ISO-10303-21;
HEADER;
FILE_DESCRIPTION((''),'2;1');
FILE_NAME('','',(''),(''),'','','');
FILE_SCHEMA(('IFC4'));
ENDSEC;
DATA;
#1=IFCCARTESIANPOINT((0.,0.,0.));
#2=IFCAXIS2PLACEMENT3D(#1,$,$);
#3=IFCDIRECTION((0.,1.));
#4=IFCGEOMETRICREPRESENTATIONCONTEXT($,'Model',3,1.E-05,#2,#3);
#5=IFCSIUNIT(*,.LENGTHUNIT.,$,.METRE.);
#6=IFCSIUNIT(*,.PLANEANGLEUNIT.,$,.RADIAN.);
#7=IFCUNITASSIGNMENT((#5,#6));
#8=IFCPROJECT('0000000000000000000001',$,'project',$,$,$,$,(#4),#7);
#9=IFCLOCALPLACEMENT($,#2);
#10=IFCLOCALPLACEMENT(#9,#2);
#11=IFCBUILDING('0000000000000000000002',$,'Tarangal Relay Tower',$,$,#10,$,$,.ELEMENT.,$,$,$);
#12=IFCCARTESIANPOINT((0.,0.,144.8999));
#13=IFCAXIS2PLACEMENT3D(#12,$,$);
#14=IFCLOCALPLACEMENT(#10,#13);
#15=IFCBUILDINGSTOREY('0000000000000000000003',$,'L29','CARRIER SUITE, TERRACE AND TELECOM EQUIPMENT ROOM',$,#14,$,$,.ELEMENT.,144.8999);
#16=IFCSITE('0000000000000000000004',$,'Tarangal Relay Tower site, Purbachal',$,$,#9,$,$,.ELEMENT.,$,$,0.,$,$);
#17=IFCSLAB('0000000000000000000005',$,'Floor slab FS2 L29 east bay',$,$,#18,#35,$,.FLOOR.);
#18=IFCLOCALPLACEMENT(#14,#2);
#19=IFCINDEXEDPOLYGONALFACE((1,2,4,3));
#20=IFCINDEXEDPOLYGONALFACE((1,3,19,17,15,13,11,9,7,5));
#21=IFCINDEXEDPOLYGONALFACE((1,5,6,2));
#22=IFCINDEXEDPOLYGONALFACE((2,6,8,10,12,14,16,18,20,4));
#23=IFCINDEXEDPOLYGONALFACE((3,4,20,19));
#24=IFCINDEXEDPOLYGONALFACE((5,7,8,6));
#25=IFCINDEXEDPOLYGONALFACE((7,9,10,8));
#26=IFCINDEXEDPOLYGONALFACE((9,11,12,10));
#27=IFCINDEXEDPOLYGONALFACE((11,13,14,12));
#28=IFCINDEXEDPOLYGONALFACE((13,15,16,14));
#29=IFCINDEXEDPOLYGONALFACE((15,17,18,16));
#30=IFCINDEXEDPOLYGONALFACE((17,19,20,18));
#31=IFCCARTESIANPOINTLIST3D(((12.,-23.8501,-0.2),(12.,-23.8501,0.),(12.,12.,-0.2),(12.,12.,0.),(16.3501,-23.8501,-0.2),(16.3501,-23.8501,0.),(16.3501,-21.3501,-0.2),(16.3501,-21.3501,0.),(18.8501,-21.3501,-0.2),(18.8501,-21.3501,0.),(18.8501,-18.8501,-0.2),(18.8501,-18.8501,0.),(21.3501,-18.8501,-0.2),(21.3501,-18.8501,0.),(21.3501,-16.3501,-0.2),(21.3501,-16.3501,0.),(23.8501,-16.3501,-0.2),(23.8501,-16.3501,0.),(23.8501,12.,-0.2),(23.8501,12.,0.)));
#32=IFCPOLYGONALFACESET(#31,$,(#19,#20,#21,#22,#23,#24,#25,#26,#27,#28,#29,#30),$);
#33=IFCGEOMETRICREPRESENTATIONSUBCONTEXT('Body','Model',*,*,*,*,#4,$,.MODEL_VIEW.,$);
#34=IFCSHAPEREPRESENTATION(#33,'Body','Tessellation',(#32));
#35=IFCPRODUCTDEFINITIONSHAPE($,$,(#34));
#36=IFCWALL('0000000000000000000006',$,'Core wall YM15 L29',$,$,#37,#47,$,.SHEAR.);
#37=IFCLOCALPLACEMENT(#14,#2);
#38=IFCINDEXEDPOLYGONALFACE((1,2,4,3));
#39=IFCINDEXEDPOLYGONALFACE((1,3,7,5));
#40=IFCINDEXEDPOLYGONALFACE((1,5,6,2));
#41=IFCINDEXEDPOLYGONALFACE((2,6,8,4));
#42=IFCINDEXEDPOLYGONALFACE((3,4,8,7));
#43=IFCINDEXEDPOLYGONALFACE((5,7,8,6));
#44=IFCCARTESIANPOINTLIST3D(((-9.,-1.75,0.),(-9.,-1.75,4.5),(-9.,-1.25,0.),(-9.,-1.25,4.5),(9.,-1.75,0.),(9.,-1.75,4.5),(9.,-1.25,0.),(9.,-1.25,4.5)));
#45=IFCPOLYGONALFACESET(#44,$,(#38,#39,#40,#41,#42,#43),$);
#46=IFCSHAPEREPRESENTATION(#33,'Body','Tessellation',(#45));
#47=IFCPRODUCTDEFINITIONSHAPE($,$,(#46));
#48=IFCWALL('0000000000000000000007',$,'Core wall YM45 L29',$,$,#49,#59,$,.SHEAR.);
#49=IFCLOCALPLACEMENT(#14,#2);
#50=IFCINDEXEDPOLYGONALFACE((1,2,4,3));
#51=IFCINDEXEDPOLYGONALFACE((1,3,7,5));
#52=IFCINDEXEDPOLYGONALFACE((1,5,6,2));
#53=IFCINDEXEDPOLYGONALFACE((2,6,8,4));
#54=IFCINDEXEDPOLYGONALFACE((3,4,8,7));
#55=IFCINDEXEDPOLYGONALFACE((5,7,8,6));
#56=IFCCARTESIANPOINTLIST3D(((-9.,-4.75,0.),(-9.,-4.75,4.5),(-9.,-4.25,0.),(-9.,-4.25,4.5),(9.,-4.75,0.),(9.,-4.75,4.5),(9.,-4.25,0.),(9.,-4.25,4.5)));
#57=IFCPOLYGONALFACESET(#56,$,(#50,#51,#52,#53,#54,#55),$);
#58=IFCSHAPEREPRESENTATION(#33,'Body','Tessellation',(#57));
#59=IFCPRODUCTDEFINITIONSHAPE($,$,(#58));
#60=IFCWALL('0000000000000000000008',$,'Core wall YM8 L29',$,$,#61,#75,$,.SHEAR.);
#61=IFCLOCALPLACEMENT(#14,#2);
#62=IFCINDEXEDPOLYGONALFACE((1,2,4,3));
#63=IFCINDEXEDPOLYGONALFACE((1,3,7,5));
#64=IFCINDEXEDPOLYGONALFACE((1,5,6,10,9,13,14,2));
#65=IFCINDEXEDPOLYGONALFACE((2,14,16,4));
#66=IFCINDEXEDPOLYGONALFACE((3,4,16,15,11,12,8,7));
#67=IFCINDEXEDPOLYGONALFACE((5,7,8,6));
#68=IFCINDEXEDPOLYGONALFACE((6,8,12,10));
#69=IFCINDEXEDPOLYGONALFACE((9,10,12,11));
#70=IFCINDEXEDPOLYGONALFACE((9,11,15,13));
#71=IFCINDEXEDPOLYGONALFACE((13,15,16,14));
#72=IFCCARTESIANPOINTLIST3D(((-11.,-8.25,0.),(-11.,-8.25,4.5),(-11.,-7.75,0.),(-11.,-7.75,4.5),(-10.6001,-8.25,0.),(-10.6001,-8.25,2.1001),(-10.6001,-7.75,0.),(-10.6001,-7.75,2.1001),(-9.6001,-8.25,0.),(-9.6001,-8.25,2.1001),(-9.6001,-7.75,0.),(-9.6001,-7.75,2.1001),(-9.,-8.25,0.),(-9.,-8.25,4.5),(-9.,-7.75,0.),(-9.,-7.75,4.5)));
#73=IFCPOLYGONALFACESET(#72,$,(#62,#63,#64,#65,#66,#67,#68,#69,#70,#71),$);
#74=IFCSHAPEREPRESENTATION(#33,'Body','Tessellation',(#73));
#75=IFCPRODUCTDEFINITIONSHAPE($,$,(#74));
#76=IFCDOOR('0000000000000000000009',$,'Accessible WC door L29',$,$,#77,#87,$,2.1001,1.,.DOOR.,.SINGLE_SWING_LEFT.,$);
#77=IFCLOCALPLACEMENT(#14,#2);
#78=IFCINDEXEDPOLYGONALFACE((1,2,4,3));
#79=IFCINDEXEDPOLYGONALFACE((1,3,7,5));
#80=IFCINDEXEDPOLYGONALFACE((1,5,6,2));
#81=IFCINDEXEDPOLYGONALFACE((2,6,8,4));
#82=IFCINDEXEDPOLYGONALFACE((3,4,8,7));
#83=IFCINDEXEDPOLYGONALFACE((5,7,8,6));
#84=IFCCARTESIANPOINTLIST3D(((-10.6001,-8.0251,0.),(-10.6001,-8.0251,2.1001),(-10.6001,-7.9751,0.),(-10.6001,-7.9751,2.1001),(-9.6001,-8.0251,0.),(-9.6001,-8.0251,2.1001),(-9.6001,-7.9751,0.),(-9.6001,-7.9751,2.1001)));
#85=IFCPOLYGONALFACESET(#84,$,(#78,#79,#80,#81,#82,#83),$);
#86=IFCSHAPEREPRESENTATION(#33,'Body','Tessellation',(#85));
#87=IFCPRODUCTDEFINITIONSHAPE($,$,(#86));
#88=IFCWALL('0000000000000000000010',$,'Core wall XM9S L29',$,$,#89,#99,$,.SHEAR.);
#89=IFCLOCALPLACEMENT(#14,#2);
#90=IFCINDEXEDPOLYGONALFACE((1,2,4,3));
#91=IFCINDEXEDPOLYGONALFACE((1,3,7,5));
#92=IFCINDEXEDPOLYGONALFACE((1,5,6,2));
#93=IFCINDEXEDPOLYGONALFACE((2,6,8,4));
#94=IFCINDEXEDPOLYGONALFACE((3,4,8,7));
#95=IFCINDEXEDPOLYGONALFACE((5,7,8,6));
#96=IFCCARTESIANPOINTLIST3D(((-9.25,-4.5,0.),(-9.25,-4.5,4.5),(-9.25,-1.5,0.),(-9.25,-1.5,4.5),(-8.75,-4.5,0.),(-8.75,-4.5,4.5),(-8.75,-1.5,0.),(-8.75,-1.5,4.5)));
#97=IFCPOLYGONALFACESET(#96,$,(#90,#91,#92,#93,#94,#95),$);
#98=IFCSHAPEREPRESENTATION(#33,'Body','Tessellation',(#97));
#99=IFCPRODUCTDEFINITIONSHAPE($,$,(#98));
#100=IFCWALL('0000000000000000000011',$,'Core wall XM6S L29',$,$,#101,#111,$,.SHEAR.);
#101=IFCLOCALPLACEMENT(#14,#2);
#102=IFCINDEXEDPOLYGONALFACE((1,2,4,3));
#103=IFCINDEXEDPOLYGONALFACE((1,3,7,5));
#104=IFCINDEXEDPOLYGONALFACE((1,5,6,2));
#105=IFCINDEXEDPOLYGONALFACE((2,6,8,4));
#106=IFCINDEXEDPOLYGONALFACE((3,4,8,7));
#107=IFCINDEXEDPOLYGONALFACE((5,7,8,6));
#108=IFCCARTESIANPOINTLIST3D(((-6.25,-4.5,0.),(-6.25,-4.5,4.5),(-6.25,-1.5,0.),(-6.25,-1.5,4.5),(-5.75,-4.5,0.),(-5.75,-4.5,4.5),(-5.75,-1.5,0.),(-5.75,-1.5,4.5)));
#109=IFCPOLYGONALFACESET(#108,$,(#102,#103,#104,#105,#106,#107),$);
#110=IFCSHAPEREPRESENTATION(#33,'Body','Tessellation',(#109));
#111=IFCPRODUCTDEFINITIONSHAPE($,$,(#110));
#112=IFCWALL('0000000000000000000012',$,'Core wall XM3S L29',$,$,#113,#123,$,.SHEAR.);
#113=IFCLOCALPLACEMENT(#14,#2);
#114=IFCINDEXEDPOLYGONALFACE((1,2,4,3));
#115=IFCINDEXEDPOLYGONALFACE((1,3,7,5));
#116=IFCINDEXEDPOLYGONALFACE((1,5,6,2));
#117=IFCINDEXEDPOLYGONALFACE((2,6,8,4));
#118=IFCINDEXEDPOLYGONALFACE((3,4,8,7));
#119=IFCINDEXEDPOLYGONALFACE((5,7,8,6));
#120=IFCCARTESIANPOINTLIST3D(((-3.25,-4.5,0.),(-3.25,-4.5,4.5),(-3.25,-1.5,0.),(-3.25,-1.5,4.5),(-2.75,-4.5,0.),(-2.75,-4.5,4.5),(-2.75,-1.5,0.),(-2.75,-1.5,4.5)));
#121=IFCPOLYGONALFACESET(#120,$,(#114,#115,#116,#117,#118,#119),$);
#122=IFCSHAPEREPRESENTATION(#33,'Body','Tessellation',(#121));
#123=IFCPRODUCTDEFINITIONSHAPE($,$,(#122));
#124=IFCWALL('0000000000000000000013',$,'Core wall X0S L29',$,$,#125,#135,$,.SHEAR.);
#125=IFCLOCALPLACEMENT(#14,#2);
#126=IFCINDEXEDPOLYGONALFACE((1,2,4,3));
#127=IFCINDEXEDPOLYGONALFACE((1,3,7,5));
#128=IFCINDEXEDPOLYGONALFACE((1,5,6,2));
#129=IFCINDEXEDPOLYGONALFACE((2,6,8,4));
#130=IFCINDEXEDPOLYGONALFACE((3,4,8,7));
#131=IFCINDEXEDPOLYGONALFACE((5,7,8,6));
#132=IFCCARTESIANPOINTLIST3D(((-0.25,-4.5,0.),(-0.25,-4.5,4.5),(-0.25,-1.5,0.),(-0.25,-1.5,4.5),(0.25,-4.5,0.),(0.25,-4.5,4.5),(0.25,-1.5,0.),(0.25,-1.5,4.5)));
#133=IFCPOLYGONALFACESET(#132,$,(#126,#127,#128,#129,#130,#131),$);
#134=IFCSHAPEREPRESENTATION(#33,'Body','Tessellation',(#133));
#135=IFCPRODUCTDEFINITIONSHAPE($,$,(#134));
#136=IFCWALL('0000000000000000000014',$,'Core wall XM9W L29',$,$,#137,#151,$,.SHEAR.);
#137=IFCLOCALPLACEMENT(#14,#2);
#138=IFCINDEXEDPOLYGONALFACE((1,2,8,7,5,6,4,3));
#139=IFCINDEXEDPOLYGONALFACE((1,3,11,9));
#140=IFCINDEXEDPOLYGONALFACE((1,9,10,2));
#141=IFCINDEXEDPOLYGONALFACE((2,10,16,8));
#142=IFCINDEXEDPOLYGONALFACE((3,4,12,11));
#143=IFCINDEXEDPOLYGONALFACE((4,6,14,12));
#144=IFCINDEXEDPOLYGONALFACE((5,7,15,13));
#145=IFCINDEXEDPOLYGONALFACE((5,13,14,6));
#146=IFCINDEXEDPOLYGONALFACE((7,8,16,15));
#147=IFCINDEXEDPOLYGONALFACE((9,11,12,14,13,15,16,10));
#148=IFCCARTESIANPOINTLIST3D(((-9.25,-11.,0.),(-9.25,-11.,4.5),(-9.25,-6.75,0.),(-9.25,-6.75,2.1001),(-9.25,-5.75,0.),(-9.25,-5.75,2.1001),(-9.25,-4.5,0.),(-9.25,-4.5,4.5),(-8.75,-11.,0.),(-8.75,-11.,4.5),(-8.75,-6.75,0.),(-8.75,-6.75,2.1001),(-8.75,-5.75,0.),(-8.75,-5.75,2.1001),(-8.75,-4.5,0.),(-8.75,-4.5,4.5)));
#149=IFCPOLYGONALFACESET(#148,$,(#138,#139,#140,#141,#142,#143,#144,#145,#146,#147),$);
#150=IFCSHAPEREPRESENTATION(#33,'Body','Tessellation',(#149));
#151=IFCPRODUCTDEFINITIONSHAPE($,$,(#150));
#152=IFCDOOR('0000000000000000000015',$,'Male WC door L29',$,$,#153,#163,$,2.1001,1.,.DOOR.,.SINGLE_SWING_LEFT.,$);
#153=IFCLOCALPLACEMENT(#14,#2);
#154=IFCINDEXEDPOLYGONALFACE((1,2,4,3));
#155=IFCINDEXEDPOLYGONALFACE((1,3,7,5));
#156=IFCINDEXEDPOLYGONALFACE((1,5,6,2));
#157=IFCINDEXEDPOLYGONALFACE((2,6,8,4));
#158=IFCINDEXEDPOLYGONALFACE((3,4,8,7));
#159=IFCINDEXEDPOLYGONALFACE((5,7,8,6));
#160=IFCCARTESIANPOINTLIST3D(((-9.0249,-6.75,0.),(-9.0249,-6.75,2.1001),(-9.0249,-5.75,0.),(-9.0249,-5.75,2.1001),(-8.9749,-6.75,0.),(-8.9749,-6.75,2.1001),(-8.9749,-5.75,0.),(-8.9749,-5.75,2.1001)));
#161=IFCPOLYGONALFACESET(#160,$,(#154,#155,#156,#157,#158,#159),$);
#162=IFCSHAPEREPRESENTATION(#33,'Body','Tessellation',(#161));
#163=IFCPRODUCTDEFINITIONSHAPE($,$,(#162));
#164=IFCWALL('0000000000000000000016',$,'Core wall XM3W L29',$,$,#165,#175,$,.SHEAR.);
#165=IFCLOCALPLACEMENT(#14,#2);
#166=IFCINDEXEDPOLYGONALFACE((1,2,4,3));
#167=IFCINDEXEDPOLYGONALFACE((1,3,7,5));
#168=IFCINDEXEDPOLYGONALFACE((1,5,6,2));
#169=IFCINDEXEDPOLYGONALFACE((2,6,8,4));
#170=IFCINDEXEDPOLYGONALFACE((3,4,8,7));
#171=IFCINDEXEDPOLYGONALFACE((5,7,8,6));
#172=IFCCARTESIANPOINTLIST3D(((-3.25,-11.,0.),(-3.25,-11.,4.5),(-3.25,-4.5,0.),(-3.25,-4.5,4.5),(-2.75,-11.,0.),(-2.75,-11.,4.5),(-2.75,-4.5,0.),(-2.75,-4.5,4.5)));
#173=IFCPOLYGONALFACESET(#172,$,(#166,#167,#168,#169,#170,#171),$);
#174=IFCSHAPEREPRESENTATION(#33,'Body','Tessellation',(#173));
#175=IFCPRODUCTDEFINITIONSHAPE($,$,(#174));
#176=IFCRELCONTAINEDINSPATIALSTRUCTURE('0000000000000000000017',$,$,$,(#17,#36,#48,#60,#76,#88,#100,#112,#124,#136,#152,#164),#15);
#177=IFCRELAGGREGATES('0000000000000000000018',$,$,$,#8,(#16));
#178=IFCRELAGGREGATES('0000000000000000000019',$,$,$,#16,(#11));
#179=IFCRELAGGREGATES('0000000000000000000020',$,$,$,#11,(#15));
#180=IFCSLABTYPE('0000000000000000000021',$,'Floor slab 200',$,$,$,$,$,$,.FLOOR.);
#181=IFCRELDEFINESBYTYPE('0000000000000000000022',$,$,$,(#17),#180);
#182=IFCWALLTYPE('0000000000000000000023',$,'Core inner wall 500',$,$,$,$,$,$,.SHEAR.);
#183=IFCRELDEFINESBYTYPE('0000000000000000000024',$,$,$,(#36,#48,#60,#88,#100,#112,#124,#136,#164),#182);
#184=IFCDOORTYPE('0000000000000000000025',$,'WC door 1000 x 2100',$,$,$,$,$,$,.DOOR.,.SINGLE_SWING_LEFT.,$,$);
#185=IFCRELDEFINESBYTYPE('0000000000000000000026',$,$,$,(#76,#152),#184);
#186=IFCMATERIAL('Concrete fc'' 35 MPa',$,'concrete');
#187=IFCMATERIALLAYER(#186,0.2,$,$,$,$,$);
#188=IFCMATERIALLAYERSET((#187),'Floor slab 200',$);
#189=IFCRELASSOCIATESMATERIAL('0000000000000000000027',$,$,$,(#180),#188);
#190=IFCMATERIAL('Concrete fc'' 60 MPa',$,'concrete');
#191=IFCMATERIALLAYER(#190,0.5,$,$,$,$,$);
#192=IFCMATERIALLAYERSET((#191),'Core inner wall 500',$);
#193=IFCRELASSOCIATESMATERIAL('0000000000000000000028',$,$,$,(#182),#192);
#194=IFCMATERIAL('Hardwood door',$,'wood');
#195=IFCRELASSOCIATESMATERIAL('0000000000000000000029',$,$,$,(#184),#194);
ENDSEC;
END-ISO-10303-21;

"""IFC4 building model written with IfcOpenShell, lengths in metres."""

from ifc_helpers import new_model, si_unit, direction, frame, frame_2d, origin, place, context, subcontext, project, spatial, polyline, rectangle, outline, extrude, material, layer, layer_set, type_object, element, fill, save


model = new_model("IFC4")

# Units and contexts
model_context = context("Model", 3, precision=1e-05, world=origin(), true_north=direction((0.0, 1.0)))
body_context = subcontext(model_context, "Body", "Model", "MODEL_VIEW")
ifc_project = project(units=[si_unit("LENGTHUNIT", "METRE"), si_unit("PLANEANGLEUNIT", "RADIAN")], contexts=[model_context])

# Site, building, storey
site_placement = place(None, origin())
site = spatial("IfcSite", under=ifc_project, at=site_placement, Name="Tarangal Relay Tower site, Purbachal", CompositionType="ELEMENT", RefElevation=0.0)
building_placement = place(site_placement, origin())
building = spatial("IfcBuilding", under=site, at=building_placement, Name="Tarangal Relay Tower", CompositionType="ELEMENT")
storey_placement = place(building_placement, frame((0.0, 0.0, 144.8999)))
storey = spatial("IfcBuildingStorey", under=building, at=storey_placement, Name="L29", Description="CARRIER SUITE, TERRACE AND TELECOM EQUIPMENT ROOM", CompositionType="ELEMENT", Elevation=144.8999)

# Slab
ifc_material_1 = material(Name="Concrete fc' 35 MPa", Category="concrete")
ifc_layer_1 = layer(ifc_material_1, 0.2)
ifc_layer_set_1 = layer_set([ifc_layer_1], Name="Floor slab 200")
slab_type = type_object("IfcSlabType", Name="Floor slab 200", PredefinedType="FLOOR", material=ifc_layer_set_1)
slab_1_placement = place(storey_placement, frame((0.0, 0.0, -0.2)))
element("IfcSlab", 1, at=slab_1_placement, inside=storey, type_object=slab_type, Name="Floor slab FS2 L29 east bay", PredefinedType="FLOOR", context=body_context, shape_type="SweptSolid", body=[
    extrude(outline(polyline([(23.8501, -16.3501), (21.3501, -16.3501), (21.3501, -18.8501), (18.8501, -18.8501), (18.8501, -21.3501), (16.3501, -21.3501), (16.3501, -23.8501), (12.0, -23.8501), (12.0, 12.0), (23.8501, 12.0), (23.8501, -16.3501)])), origin(), (0.0, 0.0, 1.0), 0.2),
])

# Walls
ifc_material_2 = material(Name="Concrete fc' 60 MPa", Category="concrete")
ifc_layer_2 = layer(ifc_material_2, 0.5)
ifc_layer_set_2 = layer_set([ifc_layer_2], Name="Core inner wall 500")
wall_type_1 = type_object("IfcWallType", Name="Core inner wall 500", PredefinedType="SHEAR", material=ifc_layer_set_2)
for number, where, z_axis, x_axis, name in (
    (2, (-9.0, -1.5, 0.0), (0.0, 0.0, 1.0), (1.0, 0.0, 0.0), "Core wall YM15 L29"),
    (3, (-9.0, -4.5, 0.0), (0.0, 0.0, 1.0), (1.0, 0.0, 0.0), "Core wall YM45 L29"),
):
    element("IfcWall", number, at=place(storey_placement, frame(where, z_axis=z_axis, x_axis=x_axis)), inside=storey, type_object=wall_type_1, Name=name, PredefinedType="SHEAR", context=body_context, shape_type="SweptSolid", body=[
        extrude(rectangle(XDim=18.0, YDim=0.5, at=frame_2d((9.0, 0.0))), origin(), (0.0, 0.0, 1.0), 4.5),
    ])

# Wall, opening, door
wall_1_placement = place(storey_placement, frame((-11.0, -8.0, 0.0), z_axis=(0.0, 0.0, 1.0), x_axis=(1.0, 0.0, 0.0)))
wall_1 = element("IfcWall", 4, at=wall_1_placement, inside=storey, type_object=wall_type_1, Name="Core wall YM8 L29", PredefinedType="SHEAR", context=body_context, shape_type="SweptSolid", body=[
    extrude(rectangle(XDim=2.0, YDim=0.5, at=frame_2d((1.0, 0.0))), origin(), (0.0, 0.0, 1.0), 4.5),
])
opening_1_placement = place(wall_1_placement, frame((0.3999, 0.0, 0.0)))
opening_1 = element("IfcOpeningElement", 5, at=opening_1_placement, cuts=wall_1, PredefinedType="OPENING", context=body_context, shape_type="SweptSolid", body=[
    extrude(rectangle(XDim=1.0, YDim=2.1001, at=frame_2d((0.5, 1.05))), frame((0.0, 0.26, 0.0), z_axis=(0.0, -1.0, 0.0), x_axis=(1.0, 0.0, 0.0)), (0.0, 0.0, 1.0), 0.52),
])
ifc_material_3 = material(Name="Hardwood door", Category="wood")
door_type_1 = type_object("IfcDoorType", Name="WC door 1000 x 2100", OperationType="SINGLE_SWING_LEFT", PredefinedType="DOOR", material=ifc_material_3)
door_1_placement = place(opening_1_placement, origin())
door_1 = element("IfcDoor", 6, at=door_1_placement, inside=storey, type_object=door_type_1, Name="Accessible WC door L29", OperationType="SINGLE_SWING_LEFT", OverallHeight=2.1001, OverallWidth=1.0, PredefinedType="DOOR", context=body_context, shape_type="SweptSolid", body=[
    extrude(rectangle(XDim=1.0, YDim=2.1001, at=frame_2d((0.5, 1.05))), frame((0.0, 0.0249, 0.0), z_axis=(0.0, -1.0, 0.0), x_axis=(1.0, 0.0, 0.0)), (0.0, 0.0, 1.0), 0.05),
])
fill(opening_1, door_1)

# Walls
for number, where, z_axis, x_axis, name in (
    (7, (-9.0, -4.5, 0.0), (0.0, 0.0, 1.0), (0.0, 1.0, 0.0), "Core wall XM9S L29"),
    (8, (-6.0, -4.5, 0.0), (0.0, 0.0, 1.0), (0.0, 1.0, 0.0), "Core wall XM6S L29"),
    (9, (-3.0, -4.5, 0.0), (0.0, 0.0, 1.0), (0.0, 1.0, 0.0), "Core wall XM3S L29"),
    (10, (0.0, -4.5, 0.0), (0.0, 0.0, 1.0), (0.0, 1.0, 0.0), "Core wall X0S L29"),
):
    element("IfcWall", number, at=place(storey_placement, frame(where, z_axis=z_axis, x_axis=x_axis)), inside=storey, type_object=wall_type_1, Name=name, PredefinedType="SHEAR", context=body_context, shape_type="SweptSolid", body=[
        extrude(rectangle(XDim=3.0, YDim=0.5, at=frame_2d((1.5, 0.0))), origin(), (0.0, 0.0, 1.0), 4.5),
    ])

# Wall, opening, door
wall_2_placement = place(storey_placement, frame((-9.0, -11.0, 0.0), z_axis=(0.0, 0.0, 1.0), x_axis=(0.0, 1.0, 0.0)))
wall_2 = element("IfcWall", 11, at=wall_2_placement, inside=storey, type_object=wall_type_1, Name="Core wall XM9W L29", PredefinedType="SHEAR", context=body_context, shape_type="SweptSolid", body=[
    extrude(rectangle(XDim=6.5, YDim=0.5, at=frame_2d((3.25, 0.0))), origin(), (0.0, 0.0, 1.0), 4.5),
])
opening_2_placement = place(wall_2_placement, frame((4.25, 0.0, 0.0)))
opening_2 = element("IfcOpeningElement", 12, at=opening_2_placement, cuts=wall_2, PredefinedType="OPENING", context=body_context, shape_type="SweptSolid", body=[
    extrude(rectangle(XDim=1.0, YDim=2.1001, at=frame_2d((0.5, 1.05))), frame((0.0, 0.26, 0.0), z_axis=(0.0, -1.0, 0.0), x_axis=(1.0, 0.0, 0.0)), (0.0, 0.0, 1.0), 0.52),
])
door_2_placement = place(opening_2_placement, origin())
door_2 = element("IfcDoor", 13, at=door_2_placement, inside=storey, type_object=door_type_1, Name="Male WC door L29", OperationType="SINGLE_SWING_LEFT", OverallHeight=2.1001, OverallWidth=1.0, PredefinedType="DOOR", context=body_context, shape_type="SweptSolid", body=[
    extrude(rectangle(XDim=1.0, YDim=2.1001, at=frame_2d((0.5, 1.05))), frame((0.0, 0.0249, 0.0), z_axis=(0.0, -1.0, 0.0), x_axis=(1.0, 0.0, 0.0)), (0.0, 0.0, 1.0), 0.05),
])
fill(opening_2, door_2)

# Wall
wall_3_placement = place(storey_placement, frame((-3.0, -11.0, 0.0), z_axis=(0.0, 0.0, 1.0), x_axis=(0.0, 1.0, 0.0)))
element("IfcWall", 14, at=wall_3_placement, inside=storey, type_object=wall_type_1, Name="Core wall XM3W L29", PredefinedType="SHEAR", context=body_context, shape_type="SweptSolid", body=[
    extrude(rectangle(XDim=6.5, YDim=0.5, at=frame_2d((3.25, 0.0))), origin(), (0.0, 0.0, 1.0), 4.5),
])

save(model, "model.ifc")
